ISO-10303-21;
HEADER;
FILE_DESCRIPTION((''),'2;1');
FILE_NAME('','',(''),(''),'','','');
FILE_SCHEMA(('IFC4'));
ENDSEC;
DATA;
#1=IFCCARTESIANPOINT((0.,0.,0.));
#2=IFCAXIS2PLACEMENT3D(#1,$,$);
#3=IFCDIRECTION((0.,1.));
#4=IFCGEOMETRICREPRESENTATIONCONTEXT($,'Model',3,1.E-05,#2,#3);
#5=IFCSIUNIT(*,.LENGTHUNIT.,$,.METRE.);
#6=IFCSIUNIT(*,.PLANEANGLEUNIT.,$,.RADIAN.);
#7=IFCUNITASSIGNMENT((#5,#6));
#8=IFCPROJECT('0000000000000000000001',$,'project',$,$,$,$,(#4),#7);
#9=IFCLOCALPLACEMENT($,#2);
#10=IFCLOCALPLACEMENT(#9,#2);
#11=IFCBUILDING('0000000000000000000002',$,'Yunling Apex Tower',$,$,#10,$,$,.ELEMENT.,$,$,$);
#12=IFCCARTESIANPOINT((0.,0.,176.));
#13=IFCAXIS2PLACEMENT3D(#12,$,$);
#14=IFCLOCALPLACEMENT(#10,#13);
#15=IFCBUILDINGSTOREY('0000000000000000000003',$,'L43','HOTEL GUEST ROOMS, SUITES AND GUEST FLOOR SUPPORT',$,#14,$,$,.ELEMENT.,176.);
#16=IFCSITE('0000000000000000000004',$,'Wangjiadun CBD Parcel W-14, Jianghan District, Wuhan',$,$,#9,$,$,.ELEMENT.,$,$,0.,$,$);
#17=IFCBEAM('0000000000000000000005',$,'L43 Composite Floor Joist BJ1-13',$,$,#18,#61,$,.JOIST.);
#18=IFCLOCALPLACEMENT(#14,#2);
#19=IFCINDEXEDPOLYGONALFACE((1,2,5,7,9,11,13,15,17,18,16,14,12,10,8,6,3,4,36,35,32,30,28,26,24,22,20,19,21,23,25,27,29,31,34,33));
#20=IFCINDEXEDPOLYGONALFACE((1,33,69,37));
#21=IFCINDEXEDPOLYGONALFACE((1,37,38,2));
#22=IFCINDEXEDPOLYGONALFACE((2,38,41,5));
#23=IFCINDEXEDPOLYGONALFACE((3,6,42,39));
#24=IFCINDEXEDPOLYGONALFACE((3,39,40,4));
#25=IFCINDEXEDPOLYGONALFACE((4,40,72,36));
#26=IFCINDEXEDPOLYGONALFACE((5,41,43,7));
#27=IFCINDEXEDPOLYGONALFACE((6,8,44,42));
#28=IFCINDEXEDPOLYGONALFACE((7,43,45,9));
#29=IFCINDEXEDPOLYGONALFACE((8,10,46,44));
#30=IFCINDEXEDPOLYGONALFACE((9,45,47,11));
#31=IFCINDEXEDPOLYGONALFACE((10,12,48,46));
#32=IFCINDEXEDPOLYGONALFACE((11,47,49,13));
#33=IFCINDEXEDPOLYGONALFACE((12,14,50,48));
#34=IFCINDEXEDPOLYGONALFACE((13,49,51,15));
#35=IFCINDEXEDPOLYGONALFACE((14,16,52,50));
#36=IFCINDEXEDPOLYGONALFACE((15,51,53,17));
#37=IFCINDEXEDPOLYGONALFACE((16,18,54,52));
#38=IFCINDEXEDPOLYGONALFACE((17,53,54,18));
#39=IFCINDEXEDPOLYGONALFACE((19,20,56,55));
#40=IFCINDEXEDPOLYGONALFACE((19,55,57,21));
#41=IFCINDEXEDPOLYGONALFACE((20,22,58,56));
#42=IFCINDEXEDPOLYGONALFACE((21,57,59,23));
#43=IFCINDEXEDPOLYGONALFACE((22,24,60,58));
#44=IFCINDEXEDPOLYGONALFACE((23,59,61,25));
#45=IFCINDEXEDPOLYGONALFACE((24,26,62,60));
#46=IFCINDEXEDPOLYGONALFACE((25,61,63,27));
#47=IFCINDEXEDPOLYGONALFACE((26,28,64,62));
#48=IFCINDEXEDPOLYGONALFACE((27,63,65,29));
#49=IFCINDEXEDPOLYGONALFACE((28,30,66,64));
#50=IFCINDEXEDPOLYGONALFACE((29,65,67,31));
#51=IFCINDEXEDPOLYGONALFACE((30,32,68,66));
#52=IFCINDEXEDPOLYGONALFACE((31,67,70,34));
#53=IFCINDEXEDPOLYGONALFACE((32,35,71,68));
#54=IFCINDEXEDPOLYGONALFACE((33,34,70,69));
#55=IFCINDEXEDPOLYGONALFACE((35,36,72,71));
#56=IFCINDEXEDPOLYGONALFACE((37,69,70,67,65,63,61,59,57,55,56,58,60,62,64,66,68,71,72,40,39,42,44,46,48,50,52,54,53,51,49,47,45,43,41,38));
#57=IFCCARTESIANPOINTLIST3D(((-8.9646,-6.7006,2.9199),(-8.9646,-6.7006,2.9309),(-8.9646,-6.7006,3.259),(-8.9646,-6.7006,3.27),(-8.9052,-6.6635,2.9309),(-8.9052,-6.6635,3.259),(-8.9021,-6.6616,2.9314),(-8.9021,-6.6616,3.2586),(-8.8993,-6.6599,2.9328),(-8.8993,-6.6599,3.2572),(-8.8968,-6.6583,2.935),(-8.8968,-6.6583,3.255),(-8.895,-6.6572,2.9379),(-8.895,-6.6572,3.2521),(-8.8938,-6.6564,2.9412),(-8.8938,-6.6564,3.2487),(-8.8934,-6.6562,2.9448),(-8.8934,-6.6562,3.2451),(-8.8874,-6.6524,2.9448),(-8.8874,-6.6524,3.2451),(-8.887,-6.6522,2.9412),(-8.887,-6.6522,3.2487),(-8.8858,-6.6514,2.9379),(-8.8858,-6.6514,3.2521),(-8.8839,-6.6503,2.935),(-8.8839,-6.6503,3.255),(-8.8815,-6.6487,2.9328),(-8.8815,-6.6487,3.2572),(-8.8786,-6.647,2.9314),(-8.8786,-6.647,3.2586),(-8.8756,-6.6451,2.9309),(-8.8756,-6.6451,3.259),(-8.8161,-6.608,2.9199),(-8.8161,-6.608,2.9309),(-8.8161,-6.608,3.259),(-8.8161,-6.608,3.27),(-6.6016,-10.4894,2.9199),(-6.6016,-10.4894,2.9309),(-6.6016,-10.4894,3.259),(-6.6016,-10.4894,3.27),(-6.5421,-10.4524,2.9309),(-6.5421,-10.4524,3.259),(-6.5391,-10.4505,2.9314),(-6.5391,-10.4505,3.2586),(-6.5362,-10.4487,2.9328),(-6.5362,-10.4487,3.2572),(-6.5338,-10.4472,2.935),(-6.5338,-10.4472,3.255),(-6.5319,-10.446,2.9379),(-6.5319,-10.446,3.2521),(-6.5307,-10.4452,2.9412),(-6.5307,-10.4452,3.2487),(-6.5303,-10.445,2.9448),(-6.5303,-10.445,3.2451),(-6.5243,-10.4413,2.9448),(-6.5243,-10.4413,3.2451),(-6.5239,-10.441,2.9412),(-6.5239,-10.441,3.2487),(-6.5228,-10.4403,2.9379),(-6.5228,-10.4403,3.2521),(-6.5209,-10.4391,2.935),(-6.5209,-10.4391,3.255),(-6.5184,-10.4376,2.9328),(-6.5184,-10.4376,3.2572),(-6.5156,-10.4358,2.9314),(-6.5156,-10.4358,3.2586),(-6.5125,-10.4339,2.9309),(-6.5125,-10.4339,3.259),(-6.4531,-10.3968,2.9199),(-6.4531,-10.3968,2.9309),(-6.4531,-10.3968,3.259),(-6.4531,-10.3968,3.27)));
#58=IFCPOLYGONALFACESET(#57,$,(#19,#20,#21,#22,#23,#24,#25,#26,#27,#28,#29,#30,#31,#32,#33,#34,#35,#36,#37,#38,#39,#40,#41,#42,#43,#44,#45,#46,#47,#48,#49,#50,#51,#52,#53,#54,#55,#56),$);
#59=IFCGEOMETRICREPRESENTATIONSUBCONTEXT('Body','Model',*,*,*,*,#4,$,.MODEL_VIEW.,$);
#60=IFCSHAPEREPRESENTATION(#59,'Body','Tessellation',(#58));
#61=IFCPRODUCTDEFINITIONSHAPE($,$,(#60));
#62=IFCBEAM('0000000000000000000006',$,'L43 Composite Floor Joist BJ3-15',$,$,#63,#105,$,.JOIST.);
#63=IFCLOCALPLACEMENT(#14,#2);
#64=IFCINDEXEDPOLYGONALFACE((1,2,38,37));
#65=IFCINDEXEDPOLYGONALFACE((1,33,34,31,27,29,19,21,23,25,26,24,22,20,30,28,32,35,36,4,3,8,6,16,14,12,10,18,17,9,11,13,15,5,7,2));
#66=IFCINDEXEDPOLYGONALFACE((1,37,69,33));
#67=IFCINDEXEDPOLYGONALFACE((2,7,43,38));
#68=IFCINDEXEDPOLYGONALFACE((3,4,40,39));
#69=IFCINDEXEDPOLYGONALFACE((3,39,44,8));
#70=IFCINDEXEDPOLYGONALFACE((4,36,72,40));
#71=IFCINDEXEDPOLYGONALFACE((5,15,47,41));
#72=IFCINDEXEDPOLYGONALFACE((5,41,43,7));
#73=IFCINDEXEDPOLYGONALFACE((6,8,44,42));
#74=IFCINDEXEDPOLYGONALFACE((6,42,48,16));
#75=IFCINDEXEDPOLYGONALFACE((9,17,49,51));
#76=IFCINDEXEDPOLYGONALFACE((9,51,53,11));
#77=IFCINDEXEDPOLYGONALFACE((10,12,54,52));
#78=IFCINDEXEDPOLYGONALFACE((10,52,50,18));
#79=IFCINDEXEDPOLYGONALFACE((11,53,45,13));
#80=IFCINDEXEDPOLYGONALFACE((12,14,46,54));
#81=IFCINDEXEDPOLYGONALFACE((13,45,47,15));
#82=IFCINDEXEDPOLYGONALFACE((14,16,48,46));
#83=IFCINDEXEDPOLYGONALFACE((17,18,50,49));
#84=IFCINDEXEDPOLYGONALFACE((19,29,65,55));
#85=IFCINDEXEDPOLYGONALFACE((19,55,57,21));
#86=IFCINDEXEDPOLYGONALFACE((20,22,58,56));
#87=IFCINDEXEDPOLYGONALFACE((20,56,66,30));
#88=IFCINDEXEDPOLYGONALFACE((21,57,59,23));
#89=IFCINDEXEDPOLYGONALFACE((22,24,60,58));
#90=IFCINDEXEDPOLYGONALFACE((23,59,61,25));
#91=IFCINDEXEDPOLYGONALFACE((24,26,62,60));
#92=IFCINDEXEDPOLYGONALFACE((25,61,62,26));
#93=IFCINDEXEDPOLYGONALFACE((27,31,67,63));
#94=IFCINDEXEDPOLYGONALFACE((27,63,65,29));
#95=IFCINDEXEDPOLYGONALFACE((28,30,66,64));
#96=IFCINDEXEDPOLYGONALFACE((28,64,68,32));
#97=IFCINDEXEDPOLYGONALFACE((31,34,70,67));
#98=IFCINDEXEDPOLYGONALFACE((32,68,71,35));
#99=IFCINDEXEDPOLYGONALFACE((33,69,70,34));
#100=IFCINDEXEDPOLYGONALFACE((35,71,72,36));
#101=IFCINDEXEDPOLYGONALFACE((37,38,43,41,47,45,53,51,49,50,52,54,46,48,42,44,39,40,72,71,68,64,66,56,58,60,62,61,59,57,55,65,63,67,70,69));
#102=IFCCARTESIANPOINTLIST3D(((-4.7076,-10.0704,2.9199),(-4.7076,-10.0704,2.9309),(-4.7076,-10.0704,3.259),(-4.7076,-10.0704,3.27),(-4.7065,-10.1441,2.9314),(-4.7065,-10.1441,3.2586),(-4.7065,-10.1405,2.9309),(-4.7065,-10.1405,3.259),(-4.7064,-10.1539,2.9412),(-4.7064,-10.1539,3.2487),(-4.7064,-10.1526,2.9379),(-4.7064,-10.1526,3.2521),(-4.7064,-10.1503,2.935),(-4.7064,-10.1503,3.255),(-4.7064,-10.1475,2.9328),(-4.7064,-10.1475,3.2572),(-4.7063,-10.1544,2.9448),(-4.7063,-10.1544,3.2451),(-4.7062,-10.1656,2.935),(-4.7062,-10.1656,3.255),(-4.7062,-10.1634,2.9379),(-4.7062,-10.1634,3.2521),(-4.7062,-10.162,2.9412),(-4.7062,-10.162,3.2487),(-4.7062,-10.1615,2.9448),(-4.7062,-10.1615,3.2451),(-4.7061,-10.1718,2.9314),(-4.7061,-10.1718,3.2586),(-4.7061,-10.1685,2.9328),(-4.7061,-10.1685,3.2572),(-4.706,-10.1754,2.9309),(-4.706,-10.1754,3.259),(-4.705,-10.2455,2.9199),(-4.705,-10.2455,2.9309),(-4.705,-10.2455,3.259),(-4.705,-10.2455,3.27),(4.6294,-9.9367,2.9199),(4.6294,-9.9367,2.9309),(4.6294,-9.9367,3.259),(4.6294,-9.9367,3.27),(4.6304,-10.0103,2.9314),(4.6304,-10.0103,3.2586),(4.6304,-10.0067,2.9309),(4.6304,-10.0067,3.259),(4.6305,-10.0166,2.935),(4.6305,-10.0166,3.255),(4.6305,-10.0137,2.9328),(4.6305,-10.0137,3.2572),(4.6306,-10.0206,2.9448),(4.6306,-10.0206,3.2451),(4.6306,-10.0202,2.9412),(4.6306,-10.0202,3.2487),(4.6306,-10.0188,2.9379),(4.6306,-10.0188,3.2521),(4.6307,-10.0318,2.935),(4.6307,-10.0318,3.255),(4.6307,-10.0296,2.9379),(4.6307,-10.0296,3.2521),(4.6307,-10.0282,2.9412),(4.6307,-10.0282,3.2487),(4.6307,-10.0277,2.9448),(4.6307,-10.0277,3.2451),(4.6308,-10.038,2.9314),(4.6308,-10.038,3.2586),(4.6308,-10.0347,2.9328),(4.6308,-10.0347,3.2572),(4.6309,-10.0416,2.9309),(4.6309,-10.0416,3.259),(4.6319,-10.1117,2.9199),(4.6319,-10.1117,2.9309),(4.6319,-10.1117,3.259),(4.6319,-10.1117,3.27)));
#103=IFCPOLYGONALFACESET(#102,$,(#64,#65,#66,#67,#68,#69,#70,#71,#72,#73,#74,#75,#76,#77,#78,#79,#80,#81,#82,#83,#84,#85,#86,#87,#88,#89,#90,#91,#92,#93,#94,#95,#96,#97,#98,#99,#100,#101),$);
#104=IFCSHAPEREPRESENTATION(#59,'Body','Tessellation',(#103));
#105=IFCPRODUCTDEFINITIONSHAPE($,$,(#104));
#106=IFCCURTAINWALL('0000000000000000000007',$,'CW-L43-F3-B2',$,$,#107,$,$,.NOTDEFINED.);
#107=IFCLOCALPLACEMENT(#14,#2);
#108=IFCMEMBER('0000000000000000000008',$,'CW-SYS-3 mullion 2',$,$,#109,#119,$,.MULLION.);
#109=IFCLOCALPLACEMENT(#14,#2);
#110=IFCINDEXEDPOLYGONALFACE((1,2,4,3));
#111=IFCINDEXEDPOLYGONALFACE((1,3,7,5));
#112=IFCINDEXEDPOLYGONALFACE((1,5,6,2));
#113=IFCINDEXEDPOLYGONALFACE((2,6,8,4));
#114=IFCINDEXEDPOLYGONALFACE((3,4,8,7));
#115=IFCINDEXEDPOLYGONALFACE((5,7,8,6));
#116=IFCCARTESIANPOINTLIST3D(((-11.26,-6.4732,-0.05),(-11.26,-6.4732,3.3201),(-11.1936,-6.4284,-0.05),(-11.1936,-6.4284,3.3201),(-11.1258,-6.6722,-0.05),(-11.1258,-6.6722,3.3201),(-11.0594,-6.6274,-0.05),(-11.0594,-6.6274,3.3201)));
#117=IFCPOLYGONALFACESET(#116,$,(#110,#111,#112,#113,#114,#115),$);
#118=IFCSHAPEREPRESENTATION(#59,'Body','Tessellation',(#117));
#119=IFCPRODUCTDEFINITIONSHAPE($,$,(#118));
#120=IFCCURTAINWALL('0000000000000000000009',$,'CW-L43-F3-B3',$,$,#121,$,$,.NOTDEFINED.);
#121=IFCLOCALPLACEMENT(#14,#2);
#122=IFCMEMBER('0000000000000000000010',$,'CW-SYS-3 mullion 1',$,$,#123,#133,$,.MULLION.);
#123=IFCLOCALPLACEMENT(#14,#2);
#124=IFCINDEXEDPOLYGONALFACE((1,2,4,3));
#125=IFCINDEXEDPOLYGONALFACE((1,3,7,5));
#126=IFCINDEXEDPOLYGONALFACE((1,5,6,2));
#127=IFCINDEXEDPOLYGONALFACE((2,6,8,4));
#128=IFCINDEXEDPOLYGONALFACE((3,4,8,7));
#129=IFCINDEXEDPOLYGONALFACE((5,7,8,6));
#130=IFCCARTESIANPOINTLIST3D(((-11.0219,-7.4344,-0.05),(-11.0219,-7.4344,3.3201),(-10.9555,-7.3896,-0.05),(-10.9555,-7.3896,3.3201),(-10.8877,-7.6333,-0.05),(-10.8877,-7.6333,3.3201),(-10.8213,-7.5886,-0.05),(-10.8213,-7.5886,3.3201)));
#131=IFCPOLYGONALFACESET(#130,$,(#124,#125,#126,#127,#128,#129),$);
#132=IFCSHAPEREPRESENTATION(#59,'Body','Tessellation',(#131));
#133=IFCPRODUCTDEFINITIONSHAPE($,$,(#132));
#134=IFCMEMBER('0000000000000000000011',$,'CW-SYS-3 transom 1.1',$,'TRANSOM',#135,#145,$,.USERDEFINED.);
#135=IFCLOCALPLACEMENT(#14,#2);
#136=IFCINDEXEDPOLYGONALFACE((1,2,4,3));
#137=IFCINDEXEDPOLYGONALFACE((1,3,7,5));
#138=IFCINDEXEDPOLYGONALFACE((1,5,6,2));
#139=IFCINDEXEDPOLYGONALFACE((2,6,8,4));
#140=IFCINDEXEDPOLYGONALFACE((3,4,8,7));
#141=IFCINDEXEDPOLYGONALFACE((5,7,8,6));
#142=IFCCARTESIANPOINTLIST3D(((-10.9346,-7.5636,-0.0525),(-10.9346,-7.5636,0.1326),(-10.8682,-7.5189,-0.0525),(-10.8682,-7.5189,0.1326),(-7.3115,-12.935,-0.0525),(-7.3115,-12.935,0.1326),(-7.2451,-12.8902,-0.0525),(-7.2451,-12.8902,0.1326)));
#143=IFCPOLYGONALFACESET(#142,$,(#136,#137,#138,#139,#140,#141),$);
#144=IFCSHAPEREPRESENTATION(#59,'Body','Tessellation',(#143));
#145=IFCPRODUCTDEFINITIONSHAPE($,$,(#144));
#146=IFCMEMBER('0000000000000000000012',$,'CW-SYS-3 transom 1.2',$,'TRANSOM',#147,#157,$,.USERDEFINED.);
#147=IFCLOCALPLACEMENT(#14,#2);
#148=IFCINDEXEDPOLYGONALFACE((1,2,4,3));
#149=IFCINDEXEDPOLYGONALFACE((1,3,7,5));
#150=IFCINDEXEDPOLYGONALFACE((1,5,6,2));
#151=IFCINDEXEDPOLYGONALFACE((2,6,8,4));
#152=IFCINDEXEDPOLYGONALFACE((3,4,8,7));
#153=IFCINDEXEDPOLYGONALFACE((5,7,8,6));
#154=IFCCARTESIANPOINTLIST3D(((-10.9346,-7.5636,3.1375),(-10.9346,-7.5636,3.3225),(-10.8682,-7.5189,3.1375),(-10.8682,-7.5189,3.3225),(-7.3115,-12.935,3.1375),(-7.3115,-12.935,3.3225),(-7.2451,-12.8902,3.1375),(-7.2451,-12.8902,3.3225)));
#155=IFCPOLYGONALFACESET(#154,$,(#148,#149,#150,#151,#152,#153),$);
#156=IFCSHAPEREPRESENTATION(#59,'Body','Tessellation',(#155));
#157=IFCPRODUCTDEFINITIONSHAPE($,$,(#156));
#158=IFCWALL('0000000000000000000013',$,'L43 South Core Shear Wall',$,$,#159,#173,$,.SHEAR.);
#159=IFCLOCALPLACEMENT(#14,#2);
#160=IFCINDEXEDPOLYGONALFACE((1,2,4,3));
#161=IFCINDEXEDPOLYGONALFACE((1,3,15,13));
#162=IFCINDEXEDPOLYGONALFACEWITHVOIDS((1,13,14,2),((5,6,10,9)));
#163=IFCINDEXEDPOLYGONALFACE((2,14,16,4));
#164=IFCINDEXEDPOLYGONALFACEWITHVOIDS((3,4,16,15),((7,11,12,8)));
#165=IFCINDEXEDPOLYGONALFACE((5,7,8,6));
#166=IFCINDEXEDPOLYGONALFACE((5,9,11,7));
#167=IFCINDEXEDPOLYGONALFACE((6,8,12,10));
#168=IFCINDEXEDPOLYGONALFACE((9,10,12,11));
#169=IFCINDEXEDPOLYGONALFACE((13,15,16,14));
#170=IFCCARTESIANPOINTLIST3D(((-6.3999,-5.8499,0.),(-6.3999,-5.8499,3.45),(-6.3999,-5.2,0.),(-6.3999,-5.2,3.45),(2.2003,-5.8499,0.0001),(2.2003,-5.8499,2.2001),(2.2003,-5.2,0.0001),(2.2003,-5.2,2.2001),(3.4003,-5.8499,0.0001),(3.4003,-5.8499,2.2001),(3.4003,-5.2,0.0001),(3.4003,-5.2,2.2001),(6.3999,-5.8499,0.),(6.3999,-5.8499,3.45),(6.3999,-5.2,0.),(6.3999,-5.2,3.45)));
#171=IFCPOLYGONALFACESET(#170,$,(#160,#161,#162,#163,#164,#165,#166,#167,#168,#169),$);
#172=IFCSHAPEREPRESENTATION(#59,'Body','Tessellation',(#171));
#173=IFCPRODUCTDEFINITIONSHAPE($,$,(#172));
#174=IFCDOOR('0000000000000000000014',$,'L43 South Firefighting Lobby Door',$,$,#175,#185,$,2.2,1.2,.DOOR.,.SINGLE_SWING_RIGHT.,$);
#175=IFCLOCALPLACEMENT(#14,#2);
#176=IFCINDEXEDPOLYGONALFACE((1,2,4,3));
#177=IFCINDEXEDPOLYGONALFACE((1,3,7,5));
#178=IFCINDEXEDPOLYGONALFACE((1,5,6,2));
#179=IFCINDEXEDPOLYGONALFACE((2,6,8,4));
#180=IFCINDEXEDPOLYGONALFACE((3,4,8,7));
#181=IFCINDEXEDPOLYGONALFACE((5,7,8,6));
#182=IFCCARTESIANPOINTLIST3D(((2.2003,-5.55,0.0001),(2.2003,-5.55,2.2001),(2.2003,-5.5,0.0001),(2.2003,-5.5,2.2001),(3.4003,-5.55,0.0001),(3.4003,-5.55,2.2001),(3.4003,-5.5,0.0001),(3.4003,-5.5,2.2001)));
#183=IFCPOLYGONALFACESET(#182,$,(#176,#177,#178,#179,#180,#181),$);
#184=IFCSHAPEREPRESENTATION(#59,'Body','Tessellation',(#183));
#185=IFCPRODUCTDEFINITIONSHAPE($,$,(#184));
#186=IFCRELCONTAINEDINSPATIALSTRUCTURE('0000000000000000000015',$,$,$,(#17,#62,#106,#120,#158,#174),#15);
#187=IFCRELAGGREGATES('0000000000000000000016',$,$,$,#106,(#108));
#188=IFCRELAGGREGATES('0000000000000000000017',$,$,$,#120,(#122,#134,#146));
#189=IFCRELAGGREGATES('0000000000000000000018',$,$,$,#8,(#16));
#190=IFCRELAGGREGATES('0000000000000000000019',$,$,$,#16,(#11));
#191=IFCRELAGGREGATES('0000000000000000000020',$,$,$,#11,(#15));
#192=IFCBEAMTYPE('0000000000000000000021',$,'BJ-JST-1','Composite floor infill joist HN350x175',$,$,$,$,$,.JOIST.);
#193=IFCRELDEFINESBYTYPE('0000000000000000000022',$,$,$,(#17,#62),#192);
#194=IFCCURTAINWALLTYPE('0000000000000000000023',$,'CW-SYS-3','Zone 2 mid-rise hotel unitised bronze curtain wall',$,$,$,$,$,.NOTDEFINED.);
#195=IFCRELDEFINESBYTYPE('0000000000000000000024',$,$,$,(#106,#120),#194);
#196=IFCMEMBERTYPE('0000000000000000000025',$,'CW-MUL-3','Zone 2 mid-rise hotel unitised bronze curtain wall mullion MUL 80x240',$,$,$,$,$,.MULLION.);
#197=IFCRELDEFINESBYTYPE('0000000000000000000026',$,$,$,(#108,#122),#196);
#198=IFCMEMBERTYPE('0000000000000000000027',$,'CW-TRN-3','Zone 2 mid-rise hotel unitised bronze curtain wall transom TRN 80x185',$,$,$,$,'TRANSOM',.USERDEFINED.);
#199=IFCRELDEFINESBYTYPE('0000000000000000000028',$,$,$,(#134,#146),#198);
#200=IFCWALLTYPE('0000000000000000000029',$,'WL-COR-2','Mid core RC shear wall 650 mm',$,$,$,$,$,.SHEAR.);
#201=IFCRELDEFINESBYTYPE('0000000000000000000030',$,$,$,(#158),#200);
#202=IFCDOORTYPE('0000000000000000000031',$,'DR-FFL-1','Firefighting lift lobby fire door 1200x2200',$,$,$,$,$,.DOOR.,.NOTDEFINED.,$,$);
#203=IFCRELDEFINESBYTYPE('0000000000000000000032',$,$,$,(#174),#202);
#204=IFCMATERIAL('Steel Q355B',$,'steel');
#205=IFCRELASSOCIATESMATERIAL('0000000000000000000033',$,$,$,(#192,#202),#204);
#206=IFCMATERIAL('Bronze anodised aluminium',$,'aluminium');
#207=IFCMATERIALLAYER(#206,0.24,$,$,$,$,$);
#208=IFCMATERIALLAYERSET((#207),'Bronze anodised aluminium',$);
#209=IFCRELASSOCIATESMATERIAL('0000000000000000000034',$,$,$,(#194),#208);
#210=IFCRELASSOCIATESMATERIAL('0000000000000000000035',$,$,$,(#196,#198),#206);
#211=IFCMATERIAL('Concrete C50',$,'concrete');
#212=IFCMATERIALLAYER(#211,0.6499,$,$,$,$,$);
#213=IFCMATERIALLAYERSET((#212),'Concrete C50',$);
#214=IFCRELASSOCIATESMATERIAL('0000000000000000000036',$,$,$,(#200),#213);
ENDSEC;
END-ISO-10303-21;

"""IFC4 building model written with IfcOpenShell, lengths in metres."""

from ifc_helpers import new_model, si_unit, direction, frame, frame_2d, origin, origin_2d, place, context, subcontext, project, spatial, rectangle, i_section, extrude, source, transform, mapped, material, layer, layer_set, material_profile, profile_set, type_object, element, fill, aggregate, save


model = new_model("IFC4")

# Units and contexts
model_context = context("Model", 3, precision=1e-05, world=origin(), true_north=direction((0.0, 1.0)))
body_context = subcontext(model_context, "Body", "Model", "MODEL_VIEW")
ifc_project = project(units=[si_unit("LENGTHUNIT", "METRE"), si_unit("PLANEANGLEUNIT", "RADIAN")], contexts=[model_context])

# Site, building, storey
site_placement = place(None, origin())
site = spatial("IfcSite", under=ifc_project, at=site_placement, Name="Wangjiadun CBD Parcel W-14, Jianghan District, Wuhan", CompositionType="ELEMENT", RefElevation=0.0)
building_placement = place(site_placement, origin())
building = spatial("IfcBuilding", under=site, at=building_placement, Name="Yunling Apex Tower", CompositionType="ELEMENT")
storey_placement = place(building_placement, frame((0.0, 0.0, 176.0)))
storey = spatial("IfcBuildingStorey", under=building, at=storey_placement, Name="L43", Description="HOTEL GUEST ROOMS, SUITES AND GUEST FLOOR SUPPORT", CompositionType="ELEMENT", Elevation=176.0)

# Shared definitions
ifc_material_1 = material(Name="Concrete C50", Category="concrete")

# Beams
ifc_material_2 = material(Name="Steel Q355B", Category="steel")
ifc_material_profile_1 = material_profile(ifc_material_2, i_section(OverallWidth=0.175, OverallDepth=0.3501, WebThickness=0.0071, FlangeThickness=0.011, FilletRadius=0.0139, at=origin_2d()))
ifc_profile_set_1 = profile_set([ifc_material_profile_1], Name="Steel Q355B")
beam_type_1 = type_object("IfcBeamType", Name="BJ-JST-1", Description="Composite floor infill joist HN350x175", PredefinedType="JOIST", material=ifc_profile_set_1)
shared_shape_1 = source(origin(), body_context, "Body", "SweptSolid", [
    extrude(i_section(OverallWidth=0.175, OverallDepth=0.3501, WebThickness=0.0071, FlangeThickness=0.011, FilletRadius=0.0139, at=origin_2d()), origin(), (0.0, 0.0, 1.0), 4.4653),
])
beam_1_placement = place(storey_placement, frame((-8.8904, -6.6543, 3.095), z_axis=(0.529198, -0.848499, 0.0), x_axis=(0.848499, 0.529198, 0.0)))
element("IfcBeam", 1, at=beam_1_placement, inside=storey, type_object=beam_type_1, Name="L43 Composite Floor Joist BJ1-13", PredefinedType="JOIST", context=body_context, shape_type="MappedRepresentation", body=[
    mapped(shared_shape_1, transform((0.0, 0.0, 0.0), scale=1.0)),
])
shared_shape_2 = source(origin(), body_context, "Body", "SweptSolid", [
    extrude(i_section(OverallWidth=0.175, OverallDepth=0.3501, WebThickness=0.0071, FlangeThickness=0.011, FilletRadius=0.0139, at=origin_2d()), origin(), (0.0, 0.0, 1.0), 9.3379),
])
beam_2_placement = place(storey_placement, frame((-4.7063, -10.158, 3.095), z_axis=(0.999897, 0.014328, 0.0), x_axis=(-0.014328, 0.999897, 0.0)))
element("IfcBeam", 2, at=beam_2_placement, inside=storey, type_object=beam_type_1, Name="L43 Composite Floor Joist BJ3-15", PredefinedType="JOIST", context=body_context, shape_type="MappedRepresentation", body=[
    mapped(shared_shape_2, transform((0.0, 0.0, 0.0), scale=1.0)),
])

# Curtain wall, member
ifc_material_3 = material(Name="Bronze anodised aluminium", Category="aluminium")
ifc_layer_1 = layer(ifc_material_3, 0.24)
ifc_layer_set_1 = layer_set([ifc_layer_1], Name="Bronze anodised aluminium")
curtain_wall_type = type_object("IfcCurtainWallType", Name="CW-SYS-3", Description="Zone 2 mid-rise hotel unitised bronze curtain wall", PredefinedType="NOTDEFINED", material=ifc_layer_set_1)
curtain_wall_1_placement = place(storey_placement, origin())
curtain_wall_1 = element("IfcCurtainWall", 3, at=curtain_wall_1_placement, inside=storey, type_object=curtain_wall_type, Name="CW-L43-F3-B2", PredefinedType="NOTDEFINED")
ifc_material_profile_2 = material_profile(ifc_material_3, rectangle(XDim=0.0801, YDim=0.24, at=origin_2d()))
ifc_profile_set_2 = profile_set([ifc_material_profile_2], Name="Bronze anodised aluminium")
member_type_1 = type_object("IfcMemberType", Name="CW-MUL-3", Description="Zone 2 mid-rise hotel unitised bronze curtain wall mullion MUL 80x240", PredefinedType="MULLION", material=ifc_profile_set_2)
shared_shape_3 = source(origin(), body_context, "Body", "SweptSolid", [
    extrude(rectangle(XDim=0.0801, YDim=0.24, at=origin_2d()), origin(), (0.0, 0.0, 1.0), 3.3701),
])
member_1_placement = place(storey_placement, frame((-11.1597, -6.5503, -0.05), z_axis=(0.0, 0.0, 1.0), x_axis=(0.829026, 0.55921, 0.0)))
member_1 = element("IfcMember", 4, at=member_1_placement, type_object=member_type_1, Name="CW-SYS-3 mullion 2", PredefinedType="MULLION", context=body_context, shape_type="MappedRepresentation", body=[
    mapped(shared_shape_3, transform((0.0, 0.0, 0.0), scale=1.0)),
])
aggregate(curtain_wall_1, [member_1])

# Curtain wall, members
curtain_wall_2_placement = place(storey_placement, origin())
curtain_wall_2 = element("IfcCurtainWall", 5, at=curtain_wall_2_placement, inside=storey, type_object=curtain_wall_type, Name="CW-L43-F3-B3", PredefinedType="NOTDEFINED")
member_2_placement = place(storey_placement, frame((-10.9216, -7.5115, -0.05), z_axis=(0.0, 0.0, 1.0), x_axis=(0.829041, 0.559188, 0.0)))
member_2 = element("IfcMember", 6, at=member_2_placement, type_object=member_type_1, Name="CW-SYS-3 mullion 1", PredefinedType="MULLION", context=body_context, shape_type="MappedRepresentation", body=[
    mapped(shared_shape_3, transform((0.0, 0.0, 0.0), scale=1.0)),
])
ifc_material_profile_3 = material_profile(ifc_material_3, rectangle(XDim=0.0801, YDim=0.1851, at=origin_2d()))
ifc_profile_set_3 = profile_set([ifc_material_profile_3], Name="Bronze anodised aluminium")
member_type_2 = type_object("IfcMemberType", Name="CW-TRN-3", Description="Zone 2 mid-rise hotel unitised bronze curtain wall transom TRN 80x185", ElementType="TRANSOM", PredefinedType="USERDEFINED", material=ifc_profile_set_3)
shared_shape_4 = source(origin(), body_context, "Body", "SweptSolid", [
    extrude(rectangle(XDim=0.0801, YDim=0.1851, at=origin_2d()), origin(), (0.0, 0.0, 1.0), 6.479),
])
member_3_placement = place(storey_placement, frame((-10.9014, -7.5413, 0.04), z_axis=(0.559196, -0.829035, 0.0), x_axis=(0.829035, 0.559196, 0.0)))
member_3 = element("IfcMember", 7, at=member_3_placement, type_object=member_type_2, Name="CW-SYS-3 transom 1.1", ObjectType="TRANSOM", PredefinedType="USERDEFINED", context=body_context, shape_type="MappedRepresentation", body=[
    mapped(shared_shape_4, transform((0.0, 0.0, 0.0), scale=1.0)),
])
member_4_placement = place(storey_placement, frame((-10.9014, -7.5413, 3.23), z_axis=(0.559196, -0.829035, 0.0), x_axis=(0.829035, 0.559196, 0.0)))
member_4 = element("IfcMember", 8, at=member_4_placement, type_object=member_type_2, Name="CW-SYS-3 transom 1.2", ObjectType="TRANSOM", PredefinedType="USERDEFINED", context=body_context, shape_type="MappedRepresentation", body=[
    mapped(shared_shape_4, transform((0.0, 0.0, 0.0), scale=1.0)),
])
aggregate(curtain_wall_2, [member_2, member_3, member_4])

# Wall, opening, door
ifc_layer_2 = layer(ifc_material_1, 0.6499)
ifc_layer_set_2 = layer_set([ifc_layer_2], Name="Concrete C50")
wall_type_1 = type_object("IfcWallType", Name="WL-COR-2", Description="Mid core RC shear wall 650 mm", PredefinedType="SHEAR", material=ifc_layer_set_2)
wall_1_placement = place(storey_placement, frame((-6.3999, -5.5249, 0.0), z_axis=(0.0, 0.0, 1.0), x_axis=(1.0, 0.0, 0.0)))
wall_1 = element("IfcWall", 9, at=wall_1_placement, inside=storey, type_object=wall_type_1, Name="L43 South Core Shear Wall", PredefinedType="SHEAR", context=body_context, shape_type="SweptSolid", body=[
    extrude(rectangle(XDim=12.7998, YDim=0.6499, at=frame_2d((6.3999, 0.0))), origin(), (0.0, 0.0, 1.0), 3.45),
])
opening_1_placement = place(wall_1_placement, frame((8.6001, 0.0, 0.0)))
opening_1 = element("IfcOpeningElement", 10, at=opening_1_placement, cuts=wall_1, PredefinedType="OPENING", context=body_context, shape_type="SweptSolid", body=[
    extrude(rectangle(XDim=1.2, YDim=2.2, at=frame_2d((0.6001, 1.1001))), frame((0.0, 0.335, 0.0), z_axis=(0.0, -1.0, 0.0), x_axis=(1.0, 0.0, 0.0)), (0.0, 0.0, 1.0), 0.6699),
])
door_type_1 = type_object("IfcDoorType", Name="DR-FFL-1", Description="Firefighting lift lobby fire door 1200x2200", OperationType="NOTDEFINED", PredefinedType="DOOR", material=ifc_material_2)
door_1_placement = place(opening_1_placement, origin())
door_1 = element("IfcDoor", 11, at=door_1_placement, inside=storey, type_object=door_type_1, Name="L43 South Firefighting Lobby Door", OperationType="SINGLE_SWING_RIGHT", OverallHeight=2.2, OverallWidth=1.2, PredefinedType="DOOR", context=body_context, shape_type="SweptSolid", body=[
    extrude(rectangle(XDim=1.2, YDim=2.2, at=frame_2d((0.6001, 1.1001))), frame((0.0, 0.0249, 0.0), z_axis=(0.0, -1.0, 0.0), x_axis=(1.0, 0.0, 0.0)), (0.0, 0.0, 1.0), 0.05),
])
fill(opening_1, door_1)

save(model, "model.ifc")
